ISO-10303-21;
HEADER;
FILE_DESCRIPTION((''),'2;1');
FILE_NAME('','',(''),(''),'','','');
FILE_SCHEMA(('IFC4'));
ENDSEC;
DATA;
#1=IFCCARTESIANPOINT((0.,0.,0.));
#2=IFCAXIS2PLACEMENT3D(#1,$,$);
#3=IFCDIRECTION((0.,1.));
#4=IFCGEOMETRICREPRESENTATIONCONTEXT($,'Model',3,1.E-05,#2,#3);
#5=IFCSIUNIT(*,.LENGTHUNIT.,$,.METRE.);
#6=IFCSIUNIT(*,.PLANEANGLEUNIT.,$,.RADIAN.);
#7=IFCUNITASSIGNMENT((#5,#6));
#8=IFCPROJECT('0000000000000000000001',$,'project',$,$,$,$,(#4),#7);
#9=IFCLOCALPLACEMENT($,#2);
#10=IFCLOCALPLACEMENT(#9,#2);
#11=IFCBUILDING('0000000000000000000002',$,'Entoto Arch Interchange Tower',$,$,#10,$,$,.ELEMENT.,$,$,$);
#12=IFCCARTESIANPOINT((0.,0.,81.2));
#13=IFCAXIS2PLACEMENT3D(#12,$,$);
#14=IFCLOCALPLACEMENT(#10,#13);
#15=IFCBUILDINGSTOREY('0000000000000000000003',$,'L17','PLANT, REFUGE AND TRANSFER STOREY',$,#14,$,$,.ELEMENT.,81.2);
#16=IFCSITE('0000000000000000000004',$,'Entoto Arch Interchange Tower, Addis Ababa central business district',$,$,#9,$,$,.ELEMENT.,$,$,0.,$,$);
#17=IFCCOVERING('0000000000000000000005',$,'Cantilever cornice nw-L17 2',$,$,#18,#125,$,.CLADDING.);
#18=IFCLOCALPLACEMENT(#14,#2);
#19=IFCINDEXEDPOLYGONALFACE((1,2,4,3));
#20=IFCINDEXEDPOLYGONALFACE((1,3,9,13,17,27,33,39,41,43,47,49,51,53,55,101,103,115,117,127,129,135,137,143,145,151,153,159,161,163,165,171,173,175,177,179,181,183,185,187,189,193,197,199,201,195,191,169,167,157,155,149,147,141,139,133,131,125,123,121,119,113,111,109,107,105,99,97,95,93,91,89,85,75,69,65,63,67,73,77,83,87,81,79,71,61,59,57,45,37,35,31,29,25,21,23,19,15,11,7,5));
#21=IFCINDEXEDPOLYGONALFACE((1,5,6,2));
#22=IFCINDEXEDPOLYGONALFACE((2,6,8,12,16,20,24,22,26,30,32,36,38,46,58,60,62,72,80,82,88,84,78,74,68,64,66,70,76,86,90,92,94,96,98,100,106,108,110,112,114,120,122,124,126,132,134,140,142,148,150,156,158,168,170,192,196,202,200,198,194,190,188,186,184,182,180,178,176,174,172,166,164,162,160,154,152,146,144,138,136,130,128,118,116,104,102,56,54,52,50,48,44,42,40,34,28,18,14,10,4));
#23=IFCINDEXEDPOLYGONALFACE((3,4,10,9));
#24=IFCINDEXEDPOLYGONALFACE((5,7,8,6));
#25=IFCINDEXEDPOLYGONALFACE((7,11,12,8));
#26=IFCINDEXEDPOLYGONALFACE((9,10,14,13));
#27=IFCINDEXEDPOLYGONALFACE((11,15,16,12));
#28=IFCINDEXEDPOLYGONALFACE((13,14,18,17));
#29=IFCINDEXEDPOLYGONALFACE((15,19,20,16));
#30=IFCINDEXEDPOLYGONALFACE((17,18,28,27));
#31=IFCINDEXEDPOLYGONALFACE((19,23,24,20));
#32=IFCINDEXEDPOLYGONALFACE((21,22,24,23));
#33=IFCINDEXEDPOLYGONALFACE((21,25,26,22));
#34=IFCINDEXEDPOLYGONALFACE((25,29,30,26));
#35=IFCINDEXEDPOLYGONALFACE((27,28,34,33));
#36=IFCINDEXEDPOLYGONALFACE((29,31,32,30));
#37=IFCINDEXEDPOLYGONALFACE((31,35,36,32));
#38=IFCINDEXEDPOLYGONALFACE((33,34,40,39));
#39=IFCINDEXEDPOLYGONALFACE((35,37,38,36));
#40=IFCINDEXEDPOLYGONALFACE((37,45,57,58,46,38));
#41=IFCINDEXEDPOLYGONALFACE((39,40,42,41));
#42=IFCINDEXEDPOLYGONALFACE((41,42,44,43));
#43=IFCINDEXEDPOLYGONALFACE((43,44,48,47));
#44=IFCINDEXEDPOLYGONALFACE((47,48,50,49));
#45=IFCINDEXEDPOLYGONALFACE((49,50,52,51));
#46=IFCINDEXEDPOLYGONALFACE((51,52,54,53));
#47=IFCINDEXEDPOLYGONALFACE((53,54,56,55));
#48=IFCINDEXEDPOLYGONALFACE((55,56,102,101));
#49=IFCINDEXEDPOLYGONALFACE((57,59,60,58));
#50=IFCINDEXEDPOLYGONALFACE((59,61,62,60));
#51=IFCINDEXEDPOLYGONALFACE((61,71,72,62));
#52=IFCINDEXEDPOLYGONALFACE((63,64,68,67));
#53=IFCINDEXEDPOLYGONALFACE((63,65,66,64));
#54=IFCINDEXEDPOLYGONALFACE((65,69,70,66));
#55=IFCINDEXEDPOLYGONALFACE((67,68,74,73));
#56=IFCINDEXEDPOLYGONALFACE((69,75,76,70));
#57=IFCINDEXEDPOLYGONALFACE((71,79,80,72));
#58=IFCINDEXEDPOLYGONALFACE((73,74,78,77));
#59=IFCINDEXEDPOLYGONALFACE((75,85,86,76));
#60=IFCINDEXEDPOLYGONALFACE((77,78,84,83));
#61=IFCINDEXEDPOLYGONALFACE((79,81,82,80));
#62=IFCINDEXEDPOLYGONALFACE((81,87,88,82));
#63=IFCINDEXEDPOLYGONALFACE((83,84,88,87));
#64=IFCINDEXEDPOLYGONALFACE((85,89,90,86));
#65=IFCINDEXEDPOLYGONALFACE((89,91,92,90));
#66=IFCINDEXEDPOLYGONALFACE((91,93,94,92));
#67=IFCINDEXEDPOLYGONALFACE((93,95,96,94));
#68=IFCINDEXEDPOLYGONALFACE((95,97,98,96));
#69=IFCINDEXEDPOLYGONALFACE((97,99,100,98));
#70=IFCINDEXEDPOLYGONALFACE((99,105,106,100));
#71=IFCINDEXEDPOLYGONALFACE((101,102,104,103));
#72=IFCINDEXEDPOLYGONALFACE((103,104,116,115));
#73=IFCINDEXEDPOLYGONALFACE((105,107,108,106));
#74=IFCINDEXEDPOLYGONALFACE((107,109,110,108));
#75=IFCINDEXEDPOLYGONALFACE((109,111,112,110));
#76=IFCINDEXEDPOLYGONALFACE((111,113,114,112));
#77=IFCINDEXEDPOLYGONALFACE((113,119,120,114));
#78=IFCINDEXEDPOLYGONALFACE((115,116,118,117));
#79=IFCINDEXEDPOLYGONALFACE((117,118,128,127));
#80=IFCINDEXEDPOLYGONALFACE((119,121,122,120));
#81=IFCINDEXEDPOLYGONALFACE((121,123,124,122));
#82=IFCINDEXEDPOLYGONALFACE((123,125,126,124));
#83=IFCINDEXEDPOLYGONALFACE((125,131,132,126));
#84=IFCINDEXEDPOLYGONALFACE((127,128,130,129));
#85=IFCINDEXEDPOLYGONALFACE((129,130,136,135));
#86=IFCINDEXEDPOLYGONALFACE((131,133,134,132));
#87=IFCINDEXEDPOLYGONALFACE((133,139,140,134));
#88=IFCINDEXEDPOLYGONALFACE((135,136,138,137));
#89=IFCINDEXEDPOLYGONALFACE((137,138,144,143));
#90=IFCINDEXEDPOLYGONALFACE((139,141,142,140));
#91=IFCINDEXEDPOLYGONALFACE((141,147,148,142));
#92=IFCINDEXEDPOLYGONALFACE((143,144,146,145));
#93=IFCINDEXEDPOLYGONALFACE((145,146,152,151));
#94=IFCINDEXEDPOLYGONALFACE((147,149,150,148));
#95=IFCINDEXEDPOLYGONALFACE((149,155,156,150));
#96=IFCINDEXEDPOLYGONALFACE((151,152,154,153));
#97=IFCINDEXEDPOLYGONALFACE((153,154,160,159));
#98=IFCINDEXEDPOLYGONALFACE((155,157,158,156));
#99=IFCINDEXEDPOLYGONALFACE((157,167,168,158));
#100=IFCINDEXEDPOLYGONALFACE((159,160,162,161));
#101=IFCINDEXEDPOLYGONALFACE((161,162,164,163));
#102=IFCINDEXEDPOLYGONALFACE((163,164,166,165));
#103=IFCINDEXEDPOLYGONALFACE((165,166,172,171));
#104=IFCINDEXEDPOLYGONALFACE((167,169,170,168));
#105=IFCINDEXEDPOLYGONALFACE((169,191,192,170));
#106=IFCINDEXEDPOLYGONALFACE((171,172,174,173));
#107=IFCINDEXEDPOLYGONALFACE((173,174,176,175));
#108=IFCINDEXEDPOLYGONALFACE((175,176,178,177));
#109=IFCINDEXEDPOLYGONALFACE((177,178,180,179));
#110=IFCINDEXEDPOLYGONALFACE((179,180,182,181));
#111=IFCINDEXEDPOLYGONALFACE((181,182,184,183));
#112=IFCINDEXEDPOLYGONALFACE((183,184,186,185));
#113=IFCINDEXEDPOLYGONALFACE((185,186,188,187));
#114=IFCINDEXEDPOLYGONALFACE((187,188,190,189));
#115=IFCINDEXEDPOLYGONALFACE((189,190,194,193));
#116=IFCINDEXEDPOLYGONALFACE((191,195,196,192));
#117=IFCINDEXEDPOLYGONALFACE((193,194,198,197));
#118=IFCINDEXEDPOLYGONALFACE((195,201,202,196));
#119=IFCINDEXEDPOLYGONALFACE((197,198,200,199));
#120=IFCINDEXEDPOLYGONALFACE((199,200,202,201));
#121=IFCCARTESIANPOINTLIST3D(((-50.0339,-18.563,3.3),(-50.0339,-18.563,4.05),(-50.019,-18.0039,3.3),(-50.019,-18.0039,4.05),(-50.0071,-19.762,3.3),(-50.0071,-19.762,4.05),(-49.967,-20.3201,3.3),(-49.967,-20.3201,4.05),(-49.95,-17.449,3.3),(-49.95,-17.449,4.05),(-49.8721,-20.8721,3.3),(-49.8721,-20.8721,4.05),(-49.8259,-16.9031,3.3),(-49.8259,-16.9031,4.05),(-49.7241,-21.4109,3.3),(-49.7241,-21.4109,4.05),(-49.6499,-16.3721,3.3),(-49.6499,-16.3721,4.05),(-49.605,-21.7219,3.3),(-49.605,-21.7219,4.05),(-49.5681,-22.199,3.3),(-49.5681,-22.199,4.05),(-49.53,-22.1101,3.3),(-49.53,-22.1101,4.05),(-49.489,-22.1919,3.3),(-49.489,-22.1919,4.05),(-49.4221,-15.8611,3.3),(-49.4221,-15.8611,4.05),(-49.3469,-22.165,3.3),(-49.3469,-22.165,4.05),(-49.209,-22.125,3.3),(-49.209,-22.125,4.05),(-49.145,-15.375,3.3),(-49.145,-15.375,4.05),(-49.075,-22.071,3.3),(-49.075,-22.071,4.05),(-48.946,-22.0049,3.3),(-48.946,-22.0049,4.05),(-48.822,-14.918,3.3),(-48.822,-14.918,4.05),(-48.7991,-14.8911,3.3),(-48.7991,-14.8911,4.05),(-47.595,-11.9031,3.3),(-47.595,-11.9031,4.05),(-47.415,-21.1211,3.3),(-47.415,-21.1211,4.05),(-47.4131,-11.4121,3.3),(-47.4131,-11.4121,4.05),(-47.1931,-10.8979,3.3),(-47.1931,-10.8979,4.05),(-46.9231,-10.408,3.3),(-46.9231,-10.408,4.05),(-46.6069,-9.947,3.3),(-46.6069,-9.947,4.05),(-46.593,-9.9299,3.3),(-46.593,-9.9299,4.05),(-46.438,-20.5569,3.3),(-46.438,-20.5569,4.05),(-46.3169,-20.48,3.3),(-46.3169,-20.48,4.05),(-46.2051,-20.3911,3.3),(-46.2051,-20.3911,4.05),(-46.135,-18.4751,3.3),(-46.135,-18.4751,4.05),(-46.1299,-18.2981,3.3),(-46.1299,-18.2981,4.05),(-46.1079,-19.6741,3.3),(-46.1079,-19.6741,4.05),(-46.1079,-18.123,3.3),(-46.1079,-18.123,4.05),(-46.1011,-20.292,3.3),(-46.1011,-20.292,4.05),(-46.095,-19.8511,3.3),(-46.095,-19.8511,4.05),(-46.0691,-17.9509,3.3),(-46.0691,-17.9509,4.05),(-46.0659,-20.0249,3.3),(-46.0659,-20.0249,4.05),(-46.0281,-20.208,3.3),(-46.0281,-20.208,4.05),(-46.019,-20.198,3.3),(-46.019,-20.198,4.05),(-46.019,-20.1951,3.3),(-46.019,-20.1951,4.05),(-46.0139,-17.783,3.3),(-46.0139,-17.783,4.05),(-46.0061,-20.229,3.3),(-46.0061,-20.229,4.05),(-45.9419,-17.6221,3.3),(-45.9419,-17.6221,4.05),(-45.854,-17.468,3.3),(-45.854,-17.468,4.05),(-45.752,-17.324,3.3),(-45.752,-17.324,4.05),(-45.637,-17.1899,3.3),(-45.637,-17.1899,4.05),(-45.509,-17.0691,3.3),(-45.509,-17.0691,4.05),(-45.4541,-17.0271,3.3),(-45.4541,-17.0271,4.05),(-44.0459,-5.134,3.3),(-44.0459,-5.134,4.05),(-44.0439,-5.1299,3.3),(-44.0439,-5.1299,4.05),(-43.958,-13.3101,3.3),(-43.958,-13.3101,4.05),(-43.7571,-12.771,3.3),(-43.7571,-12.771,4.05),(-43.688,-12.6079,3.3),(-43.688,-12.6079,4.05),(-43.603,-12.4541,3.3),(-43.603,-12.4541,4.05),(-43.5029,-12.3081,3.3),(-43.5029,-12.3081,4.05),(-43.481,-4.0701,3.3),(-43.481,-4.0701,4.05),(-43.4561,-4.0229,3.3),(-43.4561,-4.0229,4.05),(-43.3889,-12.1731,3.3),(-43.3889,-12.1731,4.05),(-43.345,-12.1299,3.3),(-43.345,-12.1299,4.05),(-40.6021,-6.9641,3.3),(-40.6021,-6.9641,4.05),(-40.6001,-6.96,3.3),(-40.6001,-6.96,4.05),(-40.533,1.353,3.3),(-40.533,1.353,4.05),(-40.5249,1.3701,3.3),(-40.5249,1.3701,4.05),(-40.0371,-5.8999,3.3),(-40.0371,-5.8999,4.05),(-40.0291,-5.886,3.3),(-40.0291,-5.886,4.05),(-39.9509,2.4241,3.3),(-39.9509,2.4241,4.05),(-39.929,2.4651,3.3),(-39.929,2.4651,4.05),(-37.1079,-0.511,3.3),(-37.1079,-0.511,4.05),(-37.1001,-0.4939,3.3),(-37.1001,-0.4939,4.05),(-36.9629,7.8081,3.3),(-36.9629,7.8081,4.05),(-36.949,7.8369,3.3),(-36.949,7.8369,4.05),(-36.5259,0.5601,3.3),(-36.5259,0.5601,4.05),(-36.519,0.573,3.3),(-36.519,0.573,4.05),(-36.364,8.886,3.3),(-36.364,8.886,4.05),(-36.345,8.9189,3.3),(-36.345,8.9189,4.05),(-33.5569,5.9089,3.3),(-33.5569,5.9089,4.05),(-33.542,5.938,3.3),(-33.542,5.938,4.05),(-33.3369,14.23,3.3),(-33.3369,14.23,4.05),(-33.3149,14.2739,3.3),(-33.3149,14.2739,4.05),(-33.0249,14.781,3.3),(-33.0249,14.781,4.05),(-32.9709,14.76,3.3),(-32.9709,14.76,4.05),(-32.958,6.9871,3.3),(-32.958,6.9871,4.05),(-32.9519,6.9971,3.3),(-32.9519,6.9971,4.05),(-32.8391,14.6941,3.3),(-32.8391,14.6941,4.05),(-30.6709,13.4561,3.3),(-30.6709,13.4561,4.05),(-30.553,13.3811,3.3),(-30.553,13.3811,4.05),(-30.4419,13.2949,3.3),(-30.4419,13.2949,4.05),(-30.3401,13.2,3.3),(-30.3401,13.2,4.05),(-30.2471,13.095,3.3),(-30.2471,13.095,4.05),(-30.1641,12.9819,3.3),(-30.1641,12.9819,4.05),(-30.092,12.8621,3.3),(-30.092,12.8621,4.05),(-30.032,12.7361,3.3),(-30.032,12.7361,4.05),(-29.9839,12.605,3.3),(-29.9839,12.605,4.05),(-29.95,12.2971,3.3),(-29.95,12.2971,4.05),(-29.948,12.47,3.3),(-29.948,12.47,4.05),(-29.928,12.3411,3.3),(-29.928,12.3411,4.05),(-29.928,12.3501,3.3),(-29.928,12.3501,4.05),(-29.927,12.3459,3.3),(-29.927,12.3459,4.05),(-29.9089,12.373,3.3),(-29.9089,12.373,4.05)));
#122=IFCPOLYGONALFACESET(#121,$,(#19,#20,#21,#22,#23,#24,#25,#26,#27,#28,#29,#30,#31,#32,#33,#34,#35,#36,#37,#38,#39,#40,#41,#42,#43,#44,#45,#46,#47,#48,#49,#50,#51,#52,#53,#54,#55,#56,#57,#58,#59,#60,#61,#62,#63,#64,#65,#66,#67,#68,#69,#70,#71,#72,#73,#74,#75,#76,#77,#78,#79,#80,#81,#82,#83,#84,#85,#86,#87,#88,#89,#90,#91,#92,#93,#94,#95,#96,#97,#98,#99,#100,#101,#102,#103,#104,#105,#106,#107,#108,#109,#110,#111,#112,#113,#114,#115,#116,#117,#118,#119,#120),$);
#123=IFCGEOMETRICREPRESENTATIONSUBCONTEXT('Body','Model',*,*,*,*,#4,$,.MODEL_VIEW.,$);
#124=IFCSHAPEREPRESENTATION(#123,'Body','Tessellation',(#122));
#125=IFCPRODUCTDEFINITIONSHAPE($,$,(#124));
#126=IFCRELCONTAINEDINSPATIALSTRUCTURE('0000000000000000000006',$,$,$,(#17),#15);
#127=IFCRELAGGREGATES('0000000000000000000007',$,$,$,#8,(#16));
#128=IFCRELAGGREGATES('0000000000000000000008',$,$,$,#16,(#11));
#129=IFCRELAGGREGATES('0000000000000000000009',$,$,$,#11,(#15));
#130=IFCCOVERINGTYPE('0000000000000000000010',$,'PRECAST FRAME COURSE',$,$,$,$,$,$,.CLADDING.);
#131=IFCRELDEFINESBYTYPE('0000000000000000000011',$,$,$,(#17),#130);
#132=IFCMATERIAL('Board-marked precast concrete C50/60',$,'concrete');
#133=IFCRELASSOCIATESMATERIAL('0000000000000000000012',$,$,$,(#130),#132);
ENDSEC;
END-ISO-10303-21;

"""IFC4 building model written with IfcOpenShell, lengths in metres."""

from ifc_helpers import new_model, si_unit, direction, frame, origin, place, context, subcontext, project, spatial, polyline, outline, extrude, material, type_object, element, save


model = new_model("IFC4")

# Units and contexts
model_context = context("Model", 3, precision=1e-05, world=origin(), true_north=direction((0.0, 1.0)))
body_context = subcontext(model_context, "Body", "Model", "MODEL_VIEW")
ifc_project = project(units=[si_unit("LENGTHUNIT", "METRE"), si_unit("PLANEANGLEUNIT", "RADIAN")], contexts=[model_context])

# Site, building, storey
site_placement = place(None, origin())
site = spatial("IfcSite", under=ifc_project, at=site_placement, Name="Entoto Arch Interchange Tower, Addis Ababa central business district", CompositionType="ELEMENT", RefElevation=0.0)
building_placement = place(site_placement, origin())
building = spatial("IfcBuilding", under=site, at=building_placement, Name="Entoto Arch Interchange Tower", CompositionType="ELEMENT")
storey_placement = place(building_placement, frame((0.0, 0.0, 81.2)))
storey = spatial("IfcBuildingStorey", under=building, at=storey_placement, Name="L17", Description="PLANT, REFUGE AND TRANSFER STOREY", CompositionType="ELEMENT", Elevation=81.2)

# Covering
ifc_material_1 = material(Name="Board-marked precast concrete C50/60", Category="concrete")
covering_type = type_object("IfcCoveringType", Name="PRECAST FRAME COURSE", PredefinedType="CLADDING", material=ifc_material_1)
covering_1_placement = place(storey_placement, frame((0.0, 0.0, 3.3)))
element("IfcCovering", 1, at=covering_1_placement, inside=storey, type_object=covering_type, Name="Cantilever cornice nw-L17 2", PredefinedType="CLADDING", context=body_context, shape_type="SweptSolid", body=[
    extrude(outline(polyline([(-46.1011, -20.292), (-46.2051, -20.3911), (-46.3169, -20.48), (-46.438, -20.5569), (-47.415, -21.1211), (-48.946, -22.0049), (-49.075, -22.071), (-49.209, -22.125), (-49.3469, -22.165), (-49.489, -22.1919), (-49.5681, -22.199), (-49.53, -22.1101), (-49.605, -21.7219), (-49.7241, -21.4109), (-49.8721, -20.8721), (-49.967, -20.3201), (-50.0071, -19.762), (-50.0339, -18.563), (-50.019, -18.0039), (-49.95, -17.449), (-49.8259, -16.9031), (-49.6499, -16.3721), (-49.4221, -15.8611), (-49.145, -15.375), (-48.822, -14.918), (-48.7991, -14.8911), (-47.595, -11.9031), (-47.4131, -11.4121), (-47.1931, -10.8979), (-46.9231, -10.408), (-46.6069, -9.947), (-46.593, -9.9299), (-44.0459, -5.134), (-44.0439, -5.1299), (-43.481, -4.0701), (-43.4561, -4.0229), (-40.533, 1.353), (-40.5249, 1.3701), (-39.9509, 2.4241), (-39.929, 2.4651), (-36.9629, 7.8081), (-36.949, 7.8369), (-36.364, 8.886), (-36.345, 8.9189), (-33.3369, 14.23), (-33.3149, 14.2739), (-33.0249, 14.781), (-32.9709, 14.76), (-32.8391, 14.6941), (-30.6709, 13.4561), (-30.553, 13.3811), (-30.4419, 13.2949), (-30.3401, 13.2), (-30.2471, 13.095), (-30.1641, 12.9819), (-30.092, 12.8621), (-30.032, 12.7361), (-29.9839, 12.605), (-29.948, 12.47), (-29.928, 12.3501), (-29.927, 12.3459), (-29.9089, 12.373), (-29.928, 12.3411), (-29.95, 12.2971), (-32.9519, 6.9971), (-32.958, 6.9871), (-33.542, 5.938), (-33.5569, 5.9089), (-36.519, 0.573), (-36.5259, 0.5601), (-37.1001, -0.4939), (-37.1079, -0.511), (-40.0291, -5.886), (-40.0371, -5.8999), (-40.6001, -6.96), (-40.6021, -6.9641), (-43.345, -12.1299), (-43.3889, -12.1731), (-43.5029, -12.3081), (-43.603, -12.4541), (-43.688, -12.6079), (-43.7571, -12.771), (-43.958, -13.3101), (-45.4541, -17.0271), (-45.509, -17.0691), (-45.637, -17.1899), (-45.752, -17.324), (-45.854, -17.468), (-45.9419, -17.6221), (-46.0139, -17.783), (-46.0691, -17.9509), (-46.1079, -18.123), (-46.1299, -18.2981), (-46.135, -18.4751), (-46.1079, -19.6741), (-46.095, -19.8511), (-46.0659, -20.0249), (-46.019, -20.1951), (-46.0061, -20.229), (-46.019, -20.198), (-46.0281, -20.208), (-46.1011, -20.292)])), origin(), (0.0, 0.0, 1.0), 0.75),
])

save(model, "model.ifc")
